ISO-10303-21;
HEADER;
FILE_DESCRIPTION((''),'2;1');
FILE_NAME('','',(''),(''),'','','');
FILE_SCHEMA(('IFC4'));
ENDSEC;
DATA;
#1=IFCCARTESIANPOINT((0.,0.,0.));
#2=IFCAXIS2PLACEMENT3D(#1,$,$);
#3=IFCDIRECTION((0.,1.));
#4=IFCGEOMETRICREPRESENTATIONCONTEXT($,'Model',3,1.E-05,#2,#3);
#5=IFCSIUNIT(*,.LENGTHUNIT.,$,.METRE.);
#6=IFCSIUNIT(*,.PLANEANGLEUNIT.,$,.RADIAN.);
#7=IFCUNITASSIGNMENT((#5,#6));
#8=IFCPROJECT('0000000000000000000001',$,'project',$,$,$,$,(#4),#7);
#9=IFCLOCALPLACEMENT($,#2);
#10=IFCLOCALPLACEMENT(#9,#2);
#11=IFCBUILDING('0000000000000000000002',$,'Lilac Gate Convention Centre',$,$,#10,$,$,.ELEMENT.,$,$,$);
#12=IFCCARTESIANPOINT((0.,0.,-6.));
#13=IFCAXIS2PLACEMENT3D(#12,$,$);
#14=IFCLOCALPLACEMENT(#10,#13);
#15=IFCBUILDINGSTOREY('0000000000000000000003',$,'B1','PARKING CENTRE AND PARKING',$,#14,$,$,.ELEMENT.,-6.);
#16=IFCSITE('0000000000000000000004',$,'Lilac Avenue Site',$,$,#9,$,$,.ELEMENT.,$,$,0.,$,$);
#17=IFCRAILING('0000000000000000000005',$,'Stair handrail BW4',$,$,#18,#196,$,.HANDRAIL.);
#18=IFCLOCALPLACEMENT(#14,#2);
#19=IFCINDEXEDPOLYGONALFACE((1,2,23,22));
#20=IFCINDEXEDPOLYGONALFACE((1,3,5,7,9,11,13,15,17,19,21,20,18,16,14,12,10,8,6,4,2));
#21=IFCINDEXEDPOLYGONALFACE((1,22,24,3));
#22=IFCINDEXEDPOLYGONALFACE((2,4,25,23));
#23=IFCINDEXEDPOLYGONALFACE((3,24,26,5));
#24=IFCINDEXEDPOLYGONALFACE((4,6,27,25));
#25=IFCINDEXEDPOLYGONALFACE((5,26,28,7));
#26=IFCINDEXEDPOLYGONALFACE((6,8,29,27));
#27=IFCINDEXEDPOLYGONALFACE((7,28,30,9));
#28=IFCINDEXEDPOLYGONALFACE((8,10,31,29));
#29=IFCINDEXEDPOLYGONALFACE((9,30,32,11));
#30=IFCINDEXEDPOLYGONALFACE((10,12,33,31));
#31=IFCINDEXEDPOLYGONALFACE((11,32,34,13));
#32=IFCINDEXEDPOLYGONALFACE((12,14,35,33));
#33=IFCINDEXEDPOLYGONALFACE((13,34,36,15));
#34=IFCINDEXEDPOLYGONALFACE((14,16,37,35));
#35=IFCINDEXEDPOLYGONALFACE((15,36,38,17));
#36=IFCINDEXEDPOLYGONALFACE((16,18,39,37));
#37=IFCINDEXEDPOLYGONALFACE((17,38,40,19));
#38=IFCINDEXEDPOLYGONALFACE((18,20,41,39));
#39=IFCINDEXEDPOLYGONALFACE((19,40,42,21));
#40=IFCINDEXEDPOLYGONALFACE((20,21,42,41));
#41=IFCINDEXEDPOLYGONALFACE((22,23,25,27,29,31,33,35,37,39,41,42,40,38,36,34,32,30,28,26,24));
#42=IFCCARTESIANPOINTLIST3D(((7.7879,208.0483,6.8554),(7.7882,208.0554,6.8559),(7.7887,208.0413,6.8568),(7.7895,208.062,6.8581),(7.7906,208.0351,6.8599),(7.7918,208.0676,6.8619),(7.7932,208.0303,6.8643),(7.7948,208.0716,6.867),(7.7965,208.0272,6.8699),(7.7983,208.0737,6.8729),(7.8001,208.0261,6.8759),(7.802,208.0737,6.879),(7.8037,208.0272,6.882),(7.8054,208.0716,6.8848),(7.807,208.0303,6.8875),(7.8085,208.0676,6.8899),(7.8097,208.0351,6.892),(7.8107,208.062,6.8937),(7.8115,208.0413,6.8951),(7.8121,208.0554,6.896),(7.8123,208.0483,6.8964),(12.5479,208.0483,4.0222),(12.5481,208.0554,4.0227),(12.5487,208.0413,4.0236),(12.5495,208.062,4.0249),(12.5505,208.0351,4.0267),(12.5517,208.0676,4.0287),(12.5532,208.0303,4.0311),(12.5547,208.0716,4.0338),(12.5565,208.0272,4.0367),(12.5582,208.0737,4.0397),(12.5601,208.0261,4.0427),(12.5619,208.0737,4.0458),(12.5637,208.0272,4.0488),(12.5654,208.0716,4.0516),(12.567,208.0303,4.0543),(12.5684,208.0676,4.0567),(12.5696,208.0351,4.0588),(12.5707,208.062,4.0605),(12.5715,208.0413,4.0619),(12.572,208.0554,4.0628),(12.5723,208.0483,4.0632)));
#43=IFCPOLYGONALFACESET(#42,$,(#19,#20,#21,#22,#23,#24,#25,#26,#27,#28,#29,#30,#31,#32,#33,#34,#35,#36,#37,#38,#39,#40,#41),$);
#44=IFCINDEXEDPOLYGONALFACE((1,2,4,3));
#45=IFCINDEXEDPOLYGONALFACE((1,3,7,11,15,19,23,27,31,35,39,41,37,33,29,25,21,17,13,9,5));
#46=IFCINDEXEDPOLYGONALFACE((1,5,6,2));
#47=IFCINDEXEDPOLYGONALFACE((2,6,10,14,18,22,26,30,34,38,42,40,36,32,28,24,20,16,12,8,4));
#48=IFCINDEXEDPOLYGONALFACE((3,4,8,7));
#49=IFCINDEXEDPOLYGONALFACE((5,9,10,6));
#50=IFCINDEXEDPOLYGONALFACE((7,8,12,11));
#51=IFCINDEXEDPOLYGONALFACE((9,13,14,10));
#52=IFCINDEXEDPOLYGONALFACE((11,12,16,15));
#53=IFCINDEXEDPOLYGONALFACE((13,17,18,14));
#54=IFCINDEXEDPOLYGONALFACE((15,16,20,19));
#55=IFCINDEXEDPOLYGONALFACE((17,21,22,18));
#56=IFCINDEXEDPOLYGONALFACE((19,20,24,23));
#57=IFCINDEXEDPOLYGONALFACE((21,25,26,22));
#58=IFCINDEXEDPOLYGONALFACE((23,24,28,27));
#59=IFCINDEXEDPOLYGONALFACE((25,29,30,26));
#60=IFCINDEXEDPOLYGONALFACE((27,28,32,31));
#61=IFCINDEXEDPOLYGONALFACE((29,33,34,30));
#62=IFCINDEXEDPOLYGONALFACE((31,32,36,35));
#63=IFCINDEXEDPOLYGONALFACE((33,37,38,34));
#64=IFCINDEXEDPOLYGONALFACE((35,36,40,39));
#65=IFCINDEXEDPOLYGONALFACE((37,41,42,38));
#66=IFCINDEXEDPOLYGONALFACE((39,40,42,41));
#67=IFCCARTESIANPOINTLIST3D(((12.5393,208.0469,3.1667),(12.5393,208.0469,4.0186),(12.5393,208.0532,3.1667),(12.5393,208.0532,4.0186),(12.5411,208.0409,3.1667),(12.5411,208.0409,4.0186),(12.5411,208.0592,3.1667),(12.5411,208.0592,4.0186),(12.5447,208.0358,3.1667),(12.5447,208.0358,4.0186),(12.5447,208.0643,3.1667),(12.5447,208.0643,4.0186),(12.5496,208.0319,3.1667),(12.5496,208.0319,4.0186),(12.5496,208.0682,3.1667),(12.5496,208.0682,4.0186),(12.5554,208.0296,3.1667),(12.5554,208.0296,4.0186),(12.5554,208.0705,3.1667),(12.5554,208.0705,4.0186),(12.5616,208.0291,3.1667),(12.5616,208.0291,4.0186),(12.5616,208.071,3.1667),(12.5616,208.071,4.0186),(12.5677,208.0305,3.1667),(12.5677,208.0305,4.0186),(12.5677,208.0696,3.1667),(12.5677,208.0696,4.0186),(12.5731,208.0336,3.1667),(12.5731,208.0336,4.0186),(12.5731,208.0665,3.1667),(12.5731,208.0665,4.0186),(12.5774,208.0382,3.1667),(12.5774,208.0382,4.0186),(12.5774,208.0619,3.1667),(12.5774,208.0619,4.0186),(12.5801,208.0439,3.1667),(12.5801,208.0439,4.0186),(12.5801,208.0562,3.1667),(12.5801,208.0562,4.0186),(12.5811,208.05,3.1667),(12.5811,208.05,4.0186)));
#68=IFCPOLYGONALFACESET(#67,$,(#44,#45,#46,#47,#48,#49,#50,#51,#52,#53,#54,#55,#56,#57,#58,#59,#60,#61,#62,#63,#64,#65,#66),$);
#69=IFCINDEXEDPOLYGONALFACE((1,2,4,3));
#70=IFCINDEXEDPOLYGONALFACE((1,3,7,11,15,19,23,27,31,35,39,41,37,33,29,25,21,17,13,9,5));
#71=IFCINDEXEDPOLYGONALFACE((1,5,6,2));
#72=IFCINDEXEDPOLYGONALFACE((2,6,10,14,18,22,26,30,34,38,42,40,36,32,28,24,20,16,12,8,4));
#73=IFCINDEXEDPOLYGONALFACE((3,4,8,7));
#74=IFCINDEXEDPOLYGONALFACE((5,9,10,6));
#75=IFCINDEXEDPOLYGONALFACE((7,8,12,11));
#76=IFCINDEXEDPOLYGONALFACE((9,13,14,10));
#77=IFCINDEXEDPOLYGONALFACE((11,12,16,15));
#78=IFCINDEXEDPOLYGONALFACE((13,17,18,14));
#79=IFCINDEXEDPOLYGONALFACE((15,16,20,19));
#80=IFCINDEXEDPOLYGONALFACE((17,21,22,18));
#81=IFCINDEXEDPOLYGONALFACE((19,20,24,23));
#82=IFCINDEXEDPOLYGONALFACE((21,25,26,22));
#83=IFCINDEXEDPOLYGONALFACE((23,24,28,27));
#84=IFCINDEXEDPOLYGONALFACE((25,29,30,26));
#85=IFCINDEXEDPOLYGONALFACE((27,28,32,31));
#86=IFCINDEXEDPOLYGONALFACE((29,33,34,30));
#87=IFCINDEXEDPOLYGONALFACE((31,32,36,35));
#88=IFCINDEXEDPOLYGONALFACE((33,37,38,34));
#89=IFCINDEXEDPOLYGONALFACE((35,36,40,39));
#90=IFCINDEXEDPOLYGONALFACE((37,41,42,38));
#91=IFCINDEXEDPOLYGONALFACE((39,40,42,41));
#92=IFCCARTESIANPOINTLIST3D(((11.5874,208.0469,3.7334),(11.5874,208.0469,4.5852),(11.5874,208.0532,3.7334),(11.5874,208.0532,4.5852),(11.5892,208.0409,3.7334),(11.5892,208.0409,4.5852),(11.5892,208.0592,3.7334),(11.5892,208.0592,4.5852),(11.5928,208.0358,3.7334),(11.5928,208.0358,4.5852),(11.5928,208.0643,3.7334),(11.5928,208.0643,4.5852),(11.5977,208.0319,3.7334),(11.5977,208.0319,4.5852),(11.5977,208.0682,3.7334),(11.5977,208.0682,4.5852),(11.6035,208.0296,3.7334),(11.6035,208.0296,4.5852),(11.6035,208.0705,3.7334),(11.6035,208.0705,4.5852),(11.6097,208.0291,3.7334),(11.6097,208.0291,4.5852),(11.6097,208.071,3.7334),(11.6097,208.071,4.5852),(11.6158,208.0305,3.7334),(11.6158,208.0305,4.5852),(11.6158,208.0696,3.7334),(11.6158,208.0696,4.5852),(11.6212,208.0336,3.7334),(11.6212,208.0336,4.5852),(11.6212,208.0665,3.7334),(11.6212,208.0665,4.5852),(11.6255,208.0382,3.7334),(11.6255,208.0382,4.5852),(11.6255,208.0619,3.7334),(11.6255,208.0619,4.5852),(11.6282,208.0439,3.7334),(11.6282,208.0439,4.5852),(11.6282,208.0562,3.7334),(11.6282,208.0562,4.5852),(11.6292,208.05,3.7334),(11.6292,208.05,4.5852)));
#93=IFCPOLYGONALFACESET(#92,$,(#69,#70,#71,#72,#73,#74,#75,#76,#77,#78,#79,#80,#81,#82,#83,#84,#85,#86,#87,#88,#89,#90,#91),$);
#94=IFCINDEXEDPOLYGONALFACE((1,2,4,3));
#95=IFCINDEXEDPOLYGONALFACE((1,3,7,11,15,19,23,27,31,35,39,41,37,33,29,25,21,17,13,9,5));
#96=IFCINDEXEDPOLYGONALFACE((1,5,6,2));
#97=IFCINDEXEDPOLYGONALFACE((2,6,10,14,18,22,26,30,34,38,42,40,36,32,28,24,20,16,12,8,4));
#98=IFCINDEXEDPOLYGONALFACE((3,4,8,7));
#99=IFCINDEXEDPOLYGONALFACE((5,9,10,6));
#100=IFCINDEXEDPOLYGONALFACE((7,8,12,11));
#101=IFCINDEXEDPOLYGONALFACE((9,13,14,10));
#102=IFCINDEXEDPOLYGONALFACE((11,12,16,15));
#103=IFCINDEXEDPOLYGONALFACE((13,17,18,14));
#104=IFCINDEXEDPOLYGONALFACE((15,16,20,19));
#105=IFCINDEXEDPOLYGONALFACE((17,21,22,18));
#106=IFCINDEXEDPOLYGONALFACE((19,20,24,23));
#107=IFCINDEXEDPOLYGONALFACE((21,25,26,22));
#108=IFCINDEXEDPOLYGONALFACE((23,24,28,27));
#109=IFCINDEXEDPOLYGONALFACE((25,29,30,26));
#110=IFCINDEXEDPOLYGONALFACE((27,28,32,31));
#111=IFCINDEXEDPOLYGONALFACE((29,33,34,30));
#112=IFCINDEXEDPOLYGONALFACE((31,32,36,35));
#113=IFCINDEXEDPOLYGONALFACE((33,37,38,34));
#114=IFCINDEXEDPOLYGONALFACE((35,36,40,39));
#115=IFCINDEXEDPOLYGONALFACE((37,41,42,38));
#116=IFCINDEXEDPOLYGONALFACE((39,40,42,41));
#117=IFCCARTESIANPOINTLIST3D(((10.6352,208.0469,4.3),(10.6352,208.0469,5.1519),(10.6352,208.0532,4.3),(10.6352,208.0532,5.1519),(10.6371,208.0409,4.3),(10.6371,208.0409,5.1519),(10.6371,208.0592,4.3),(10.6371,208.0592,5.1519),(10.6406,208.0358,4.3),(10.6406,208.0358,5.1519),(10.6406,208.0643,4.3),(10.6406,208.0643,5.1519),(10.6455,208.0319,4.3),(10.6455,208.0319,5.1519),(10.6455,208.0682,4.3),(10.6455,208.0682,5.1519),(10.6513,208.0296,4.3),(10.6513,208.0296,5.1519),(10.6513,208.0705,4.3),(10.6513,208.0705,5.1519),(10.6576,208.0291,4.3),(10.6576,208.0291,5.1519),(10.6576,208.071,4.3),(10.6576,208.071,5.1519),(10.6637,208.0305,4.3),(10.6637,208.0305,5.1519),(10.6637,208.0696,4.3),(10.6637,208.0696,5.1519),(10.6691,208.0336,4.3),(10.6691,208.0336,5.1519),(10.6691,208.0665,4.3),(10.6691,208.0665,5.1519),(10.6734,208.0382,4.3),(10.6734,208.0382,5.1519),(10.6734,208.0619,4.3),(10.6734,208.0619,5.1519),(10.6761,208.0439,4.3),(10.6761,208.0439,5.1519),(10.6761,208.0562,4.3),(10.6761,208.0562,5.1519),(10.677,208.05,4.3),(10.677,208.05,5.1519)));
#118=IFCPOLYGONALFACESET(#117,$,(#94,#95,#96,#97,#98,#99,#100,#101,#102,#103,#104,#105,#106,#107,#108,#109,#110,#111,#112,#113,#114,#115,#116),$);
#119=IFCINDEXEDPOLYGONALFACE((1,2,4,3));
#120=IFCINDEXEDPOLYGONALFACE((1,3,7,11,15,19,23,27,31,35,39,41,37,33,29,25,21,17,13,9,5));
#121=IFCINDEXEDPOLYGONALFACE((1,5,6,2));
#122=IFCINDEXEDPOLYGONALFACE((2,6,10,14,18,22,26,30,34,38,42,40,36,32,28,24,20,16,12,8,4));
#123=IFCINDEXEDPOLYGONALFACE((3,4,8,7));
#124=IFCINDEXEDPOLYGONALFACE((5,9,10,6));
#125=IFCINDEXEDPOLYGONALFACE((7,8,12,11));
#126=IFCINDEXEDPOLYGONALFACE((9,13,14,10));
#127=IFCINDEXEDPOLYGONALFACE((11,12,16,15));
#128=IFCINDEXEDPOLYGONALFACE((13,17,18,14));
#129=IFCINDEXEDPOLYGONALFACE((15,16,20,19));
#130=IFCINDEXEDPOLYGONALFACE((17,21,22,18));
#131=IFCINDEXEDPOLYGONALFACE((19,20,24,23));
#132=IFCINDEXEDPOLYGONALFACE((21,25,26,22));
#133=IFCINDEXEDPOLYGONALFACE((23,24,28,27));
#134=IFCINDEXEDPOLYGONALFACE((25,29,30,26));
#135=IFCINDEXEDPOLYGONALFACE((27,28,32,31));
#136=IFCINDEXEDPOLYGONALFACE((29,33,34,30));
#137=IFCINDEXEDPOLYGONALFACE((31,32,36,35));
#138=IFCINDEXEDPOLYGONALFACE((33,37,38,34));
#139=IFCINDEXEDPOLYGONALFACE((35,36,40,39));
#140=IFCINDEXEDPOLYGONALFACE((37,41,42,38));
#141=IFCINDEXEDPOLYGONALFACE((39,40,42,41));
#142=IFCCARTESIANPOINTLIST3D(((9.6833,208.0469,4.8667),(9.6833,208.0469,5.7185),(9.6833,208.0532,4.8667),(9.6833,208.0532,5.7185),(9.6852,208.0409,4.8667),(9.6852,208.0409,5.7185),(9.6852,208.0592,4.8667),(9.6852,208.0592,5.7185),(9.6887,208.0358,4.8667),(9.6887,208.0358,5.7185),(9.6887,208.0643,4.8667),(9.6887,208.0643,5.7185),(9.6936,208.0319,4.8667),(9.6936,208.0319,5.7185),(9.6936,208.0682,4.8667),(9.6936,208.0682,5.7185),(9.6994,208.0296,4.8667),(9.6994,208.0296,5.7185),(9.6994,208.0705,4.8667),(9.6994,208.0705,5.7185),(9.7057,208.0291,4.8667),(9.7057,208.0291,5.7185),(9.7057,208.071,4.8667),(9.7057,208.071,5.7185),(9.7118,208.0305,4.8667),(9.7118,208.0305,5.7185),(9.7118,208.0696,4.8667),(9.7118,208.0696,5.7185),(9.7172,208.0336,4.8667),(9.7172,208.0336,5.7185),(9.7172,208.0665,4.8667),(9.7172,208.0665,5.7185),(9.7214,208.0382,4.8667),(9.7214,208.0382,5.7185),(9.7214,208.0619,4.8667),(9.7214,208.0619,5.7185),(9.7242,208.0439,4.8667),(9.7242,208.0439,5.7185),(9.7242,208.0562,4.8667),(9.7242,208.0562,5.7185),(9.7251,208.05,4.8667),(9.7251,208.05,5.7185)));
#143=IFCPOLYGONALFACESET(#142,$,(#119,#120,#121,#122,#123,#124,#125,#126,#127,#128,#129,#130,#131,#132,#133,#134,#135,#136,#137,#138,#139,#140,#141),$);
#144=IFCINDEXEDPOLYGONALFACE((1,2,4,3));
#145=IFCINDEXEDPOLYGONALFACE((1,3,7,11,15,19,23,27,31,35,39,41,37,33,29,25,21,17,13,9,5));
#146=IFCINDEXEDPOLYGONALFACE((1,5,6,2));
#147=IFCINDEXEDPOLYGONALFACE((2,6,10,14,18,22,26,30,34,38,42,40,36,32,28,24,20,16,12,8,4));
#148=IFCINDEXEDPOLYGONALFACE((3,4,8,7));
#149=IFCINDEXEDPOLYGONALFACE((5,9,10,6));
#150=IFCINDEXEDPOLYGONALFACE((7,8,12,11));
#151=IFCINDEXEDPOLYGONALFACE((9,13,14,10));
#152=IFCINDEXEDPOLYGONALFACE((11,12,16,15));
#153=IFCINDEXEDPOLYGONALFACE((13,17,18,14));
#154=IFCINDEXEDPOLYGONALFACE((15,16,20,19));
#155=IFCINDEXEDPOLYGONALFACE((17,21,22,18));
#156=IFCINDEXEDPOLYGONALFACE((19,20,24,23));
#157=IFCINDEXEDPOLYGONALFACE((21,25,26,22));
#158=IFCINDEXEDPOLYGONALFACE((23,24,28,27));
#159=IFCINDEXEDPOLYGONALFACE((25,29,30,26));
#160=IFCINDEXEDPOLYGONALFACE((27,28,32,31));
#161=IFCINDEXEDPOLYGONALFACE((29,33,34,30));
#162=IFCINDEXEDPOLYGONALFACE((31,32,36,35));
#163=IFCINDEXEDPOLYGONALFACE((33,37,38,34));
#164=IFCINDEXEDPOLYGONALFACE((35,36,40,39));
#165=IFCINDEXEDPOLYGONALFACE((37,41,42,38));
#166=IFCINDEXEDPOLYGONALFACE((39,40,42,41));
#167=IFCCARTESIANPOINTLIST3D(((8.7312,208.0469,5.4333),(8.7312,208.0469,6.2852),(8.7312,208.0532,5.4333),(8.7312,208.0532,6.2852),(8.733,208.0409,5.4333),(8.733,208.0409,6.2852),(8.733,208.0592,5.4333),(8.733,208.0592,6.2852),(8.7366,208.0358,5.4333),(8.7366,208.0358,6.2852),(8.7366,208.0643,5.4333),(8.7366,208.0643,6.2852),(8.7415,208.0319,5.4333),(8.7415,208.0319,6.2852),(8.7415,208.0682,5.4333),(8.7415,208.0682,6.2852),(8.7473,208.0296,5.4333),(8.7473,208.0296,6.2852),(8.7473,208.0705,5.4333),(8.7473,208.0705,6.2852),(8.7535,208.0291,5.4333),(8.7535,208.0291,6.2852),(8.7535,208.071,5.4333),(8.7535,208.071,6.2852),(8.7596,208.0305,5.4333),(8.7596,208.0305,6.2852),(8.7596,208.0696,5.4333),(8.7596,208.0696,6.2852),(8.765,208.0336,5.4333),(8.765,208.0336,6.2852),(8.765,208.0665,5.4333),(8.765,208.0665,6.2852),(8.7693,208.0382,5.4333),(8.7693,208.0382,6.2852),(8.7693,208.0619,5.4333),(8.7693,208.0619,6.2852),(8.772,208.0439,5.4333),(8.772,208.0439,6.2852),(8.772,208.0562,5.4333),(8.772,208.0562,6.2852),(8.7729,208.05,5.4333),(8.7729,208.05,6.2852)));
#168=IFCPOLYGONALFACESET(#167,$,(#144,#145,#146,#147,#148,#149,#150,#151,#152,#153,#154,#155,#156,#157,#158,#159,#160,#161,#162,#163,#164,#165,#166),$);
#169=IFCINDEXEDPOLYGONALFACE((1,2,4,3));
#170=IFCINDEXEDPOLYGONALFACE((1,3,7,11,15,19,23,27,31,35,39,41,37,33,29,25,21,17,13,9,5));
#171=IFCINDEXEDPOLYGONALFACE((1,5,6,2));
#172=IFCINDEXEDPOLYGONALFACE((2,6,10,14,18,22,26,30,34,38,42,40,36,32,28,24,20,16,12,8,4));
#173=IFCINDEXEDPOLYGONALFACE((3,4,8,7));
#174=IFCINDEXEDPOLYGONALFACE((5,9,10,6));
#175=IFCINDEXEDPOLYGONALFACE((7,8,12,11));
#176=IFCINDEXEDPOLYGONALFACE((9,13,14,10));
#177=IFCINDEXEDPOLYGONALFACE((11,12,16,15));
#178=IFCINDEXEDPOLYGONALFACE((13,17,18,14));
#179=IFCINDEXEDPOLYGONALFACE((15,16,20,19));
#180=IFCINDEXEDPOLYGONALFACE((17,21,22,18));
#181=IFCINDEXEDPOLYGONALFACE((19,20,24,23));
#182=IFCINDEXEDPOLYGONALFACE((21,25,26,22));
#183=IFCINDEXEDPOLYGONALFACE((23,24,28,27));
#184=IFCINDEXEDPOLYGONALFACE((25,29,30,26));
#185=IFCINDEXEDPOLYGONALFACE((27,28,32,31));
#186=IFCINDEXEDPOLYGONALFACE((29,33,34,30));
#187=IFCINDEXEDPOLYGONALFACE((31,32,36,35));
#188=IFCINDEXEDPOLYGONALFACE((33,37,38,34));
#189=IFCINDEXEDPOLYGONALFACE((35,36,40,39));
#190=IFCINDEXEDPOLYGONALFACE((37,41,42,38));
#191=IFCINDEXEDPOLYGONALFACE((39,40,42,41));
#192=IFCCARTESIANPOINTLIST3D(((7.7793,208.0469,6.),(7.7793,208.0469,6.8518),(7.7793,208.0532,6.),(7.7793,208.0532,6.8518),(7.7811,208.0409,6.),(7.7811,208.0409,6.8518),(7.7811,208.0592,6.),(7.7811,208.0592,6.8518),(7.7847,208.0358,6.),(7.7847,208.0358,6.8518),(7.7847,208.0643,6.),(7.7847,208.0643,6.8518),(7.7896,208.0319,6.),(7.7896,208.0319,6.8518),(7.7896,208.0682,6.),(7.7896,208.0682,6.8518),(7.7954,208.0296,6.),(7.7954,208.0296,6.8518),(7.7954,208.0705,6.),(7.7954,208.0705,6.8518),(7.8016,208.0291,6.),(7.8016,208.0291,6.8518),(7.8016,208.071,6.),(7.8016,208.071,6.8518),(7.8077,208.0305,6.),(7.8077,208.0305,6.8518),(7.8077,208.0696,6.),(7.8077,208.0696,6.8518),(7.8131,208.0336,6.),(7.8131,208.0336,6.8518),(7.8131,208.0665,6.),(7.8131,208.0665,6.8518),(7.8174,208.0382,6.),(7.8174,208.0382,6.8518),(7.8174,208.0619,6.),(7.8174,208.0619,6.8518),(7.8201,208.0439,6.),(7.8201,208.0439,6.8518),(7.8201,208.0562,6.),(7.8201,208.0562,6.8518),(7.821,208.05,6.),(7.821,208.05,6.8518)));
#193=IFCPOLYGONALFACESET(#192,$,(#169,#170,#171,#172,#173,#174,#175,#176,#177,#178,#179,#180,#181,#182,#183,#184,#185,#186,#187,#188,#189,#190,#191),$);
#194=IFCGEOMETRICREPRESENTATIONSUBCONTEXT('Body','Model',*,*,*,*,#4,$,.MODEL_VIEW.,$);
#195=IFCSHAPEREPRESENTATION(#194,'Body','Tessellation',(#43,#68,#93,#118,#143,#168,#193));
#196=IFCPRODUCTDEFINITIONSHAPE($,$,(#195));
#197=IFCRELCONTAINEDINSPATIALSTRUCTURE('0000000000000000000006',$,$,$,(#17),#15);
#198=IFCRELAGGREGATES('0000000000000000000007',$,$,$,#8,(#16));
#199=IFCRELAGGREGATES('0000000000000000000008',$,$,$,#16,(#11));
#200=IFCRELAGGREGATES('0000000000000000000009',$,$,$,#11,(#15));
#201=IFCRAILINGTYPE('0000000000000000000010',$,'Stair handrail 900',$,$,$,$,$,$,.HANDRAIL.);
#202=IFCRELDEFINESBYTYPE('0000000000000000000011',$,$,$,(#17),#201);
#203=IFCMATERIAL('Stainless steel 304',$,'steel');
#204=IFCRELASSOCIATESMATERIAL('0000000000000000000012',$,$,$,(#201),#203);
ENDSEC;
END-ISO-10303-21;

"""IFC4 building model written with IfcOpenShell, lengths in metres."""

from ifc_helpers import new_model, si_unit, direction, frame, origin, origin_2d, place, context, subcontext, project, spatial, circle, extrude, material, type_object, element, save


model = new_model("IFC4")

# Units and contexts
model_context = context("Model", 3, precision=1e-05, world=origin(), true_north=direction((0.0, 1.0)))
body_context = subcontext(model_context, "Body", "Model", "MODEL_VIEW")
ifc_project = project(units=[si_unit("LENGTHUNIT", "METRE"), si_unit("PLANEANGLEUNIT", "RADIAN")], contexts=[model_context])

# Site, building, storey
site_placement = place(None, origin())
site = spatial("IfcSite", under=ifc_project, at=site_placement, Name="Lilac Avenue Site", CompositionType="ELEMENT", RefElevation=0.0)
building_placement = place(site_placement, origin())
building = spatial("IfcBuilding", under=site, at=building_placement, Name="Lilac Gate Convention Centre", CompositionType="ELEMENT")
storey_placement = place(building_placement, frame((0.0, 0.0, -6.0)))
storey = spatial("IfcBuildingStorey", under=building, at=storey_placement, Name="B1", Description="PARKING CENTRE AND PARKING", CompositionType="ELEMENT", Elevation=-6.0)

# Railing
ifc_material_1 = material(Name="Stainless steel 304", Category="steel")
railing_type = type_object("IfcRailingType", Name="Stair handrail 900", PredefinedType="HANDRAIL", material=ifc_material_1)
for number, where, name in (
    (1, (12.5601, 208.05, 3.1667), "Stair handrail BW4"),
):
    element("IfcRailing", number, at=place(storey_placement, frame(where)), inside=storey, type_object=railing_type, Name=name, PredefinedType="HANDRAIL", context=body_context, shape_type="SweptSolid", body=[
        extrude(circle(Radius=0.0239, at=origin_2d()), frame((0.0, 0.0, 0.876), z_axis=(-0.8593, 0.0, 0.511472), x_axis=(0.0, -1.0, 0.0)), (0.0, 0.0, 1.0), 5.5393),
        extrude(circle(Radius=0.021, at=origin_2d()), origin(), (0.0, 0.0, 1.0), 0.8518),
        extrude(circle(Radius=0.021, at=origin_2d()), frame((-0.9519, 0.0, 0.5667)), (0.0, 0.0, 1.0), 0.8518),
        extrude(circle(Radius=0.021, at=origin_2d()), frame((-1.9041, 0.0, 1.1333)), (0.0, 0.0, 1.0), 0.8518),
        extrude(circle(Radius=0.021, at=origin_2d()), frame((-2.856, 0.0, 1.7)), (0.0, 0.0, 1.0), 0.8518),
        extrude(circle(Radius=0.021, at=origin_2d()), frame((-3.8081, 0.0, 2.2666)), (0.0, 0.0, 1.0), 0.8518),
        extrude(circle(Radius=0.021, at=origin_2d()), frame((-4.76, 0.0, 2.8333)), (0.0, 0.0, 1.0), 0.8518),
    ])

save(model, "model.ifc")
